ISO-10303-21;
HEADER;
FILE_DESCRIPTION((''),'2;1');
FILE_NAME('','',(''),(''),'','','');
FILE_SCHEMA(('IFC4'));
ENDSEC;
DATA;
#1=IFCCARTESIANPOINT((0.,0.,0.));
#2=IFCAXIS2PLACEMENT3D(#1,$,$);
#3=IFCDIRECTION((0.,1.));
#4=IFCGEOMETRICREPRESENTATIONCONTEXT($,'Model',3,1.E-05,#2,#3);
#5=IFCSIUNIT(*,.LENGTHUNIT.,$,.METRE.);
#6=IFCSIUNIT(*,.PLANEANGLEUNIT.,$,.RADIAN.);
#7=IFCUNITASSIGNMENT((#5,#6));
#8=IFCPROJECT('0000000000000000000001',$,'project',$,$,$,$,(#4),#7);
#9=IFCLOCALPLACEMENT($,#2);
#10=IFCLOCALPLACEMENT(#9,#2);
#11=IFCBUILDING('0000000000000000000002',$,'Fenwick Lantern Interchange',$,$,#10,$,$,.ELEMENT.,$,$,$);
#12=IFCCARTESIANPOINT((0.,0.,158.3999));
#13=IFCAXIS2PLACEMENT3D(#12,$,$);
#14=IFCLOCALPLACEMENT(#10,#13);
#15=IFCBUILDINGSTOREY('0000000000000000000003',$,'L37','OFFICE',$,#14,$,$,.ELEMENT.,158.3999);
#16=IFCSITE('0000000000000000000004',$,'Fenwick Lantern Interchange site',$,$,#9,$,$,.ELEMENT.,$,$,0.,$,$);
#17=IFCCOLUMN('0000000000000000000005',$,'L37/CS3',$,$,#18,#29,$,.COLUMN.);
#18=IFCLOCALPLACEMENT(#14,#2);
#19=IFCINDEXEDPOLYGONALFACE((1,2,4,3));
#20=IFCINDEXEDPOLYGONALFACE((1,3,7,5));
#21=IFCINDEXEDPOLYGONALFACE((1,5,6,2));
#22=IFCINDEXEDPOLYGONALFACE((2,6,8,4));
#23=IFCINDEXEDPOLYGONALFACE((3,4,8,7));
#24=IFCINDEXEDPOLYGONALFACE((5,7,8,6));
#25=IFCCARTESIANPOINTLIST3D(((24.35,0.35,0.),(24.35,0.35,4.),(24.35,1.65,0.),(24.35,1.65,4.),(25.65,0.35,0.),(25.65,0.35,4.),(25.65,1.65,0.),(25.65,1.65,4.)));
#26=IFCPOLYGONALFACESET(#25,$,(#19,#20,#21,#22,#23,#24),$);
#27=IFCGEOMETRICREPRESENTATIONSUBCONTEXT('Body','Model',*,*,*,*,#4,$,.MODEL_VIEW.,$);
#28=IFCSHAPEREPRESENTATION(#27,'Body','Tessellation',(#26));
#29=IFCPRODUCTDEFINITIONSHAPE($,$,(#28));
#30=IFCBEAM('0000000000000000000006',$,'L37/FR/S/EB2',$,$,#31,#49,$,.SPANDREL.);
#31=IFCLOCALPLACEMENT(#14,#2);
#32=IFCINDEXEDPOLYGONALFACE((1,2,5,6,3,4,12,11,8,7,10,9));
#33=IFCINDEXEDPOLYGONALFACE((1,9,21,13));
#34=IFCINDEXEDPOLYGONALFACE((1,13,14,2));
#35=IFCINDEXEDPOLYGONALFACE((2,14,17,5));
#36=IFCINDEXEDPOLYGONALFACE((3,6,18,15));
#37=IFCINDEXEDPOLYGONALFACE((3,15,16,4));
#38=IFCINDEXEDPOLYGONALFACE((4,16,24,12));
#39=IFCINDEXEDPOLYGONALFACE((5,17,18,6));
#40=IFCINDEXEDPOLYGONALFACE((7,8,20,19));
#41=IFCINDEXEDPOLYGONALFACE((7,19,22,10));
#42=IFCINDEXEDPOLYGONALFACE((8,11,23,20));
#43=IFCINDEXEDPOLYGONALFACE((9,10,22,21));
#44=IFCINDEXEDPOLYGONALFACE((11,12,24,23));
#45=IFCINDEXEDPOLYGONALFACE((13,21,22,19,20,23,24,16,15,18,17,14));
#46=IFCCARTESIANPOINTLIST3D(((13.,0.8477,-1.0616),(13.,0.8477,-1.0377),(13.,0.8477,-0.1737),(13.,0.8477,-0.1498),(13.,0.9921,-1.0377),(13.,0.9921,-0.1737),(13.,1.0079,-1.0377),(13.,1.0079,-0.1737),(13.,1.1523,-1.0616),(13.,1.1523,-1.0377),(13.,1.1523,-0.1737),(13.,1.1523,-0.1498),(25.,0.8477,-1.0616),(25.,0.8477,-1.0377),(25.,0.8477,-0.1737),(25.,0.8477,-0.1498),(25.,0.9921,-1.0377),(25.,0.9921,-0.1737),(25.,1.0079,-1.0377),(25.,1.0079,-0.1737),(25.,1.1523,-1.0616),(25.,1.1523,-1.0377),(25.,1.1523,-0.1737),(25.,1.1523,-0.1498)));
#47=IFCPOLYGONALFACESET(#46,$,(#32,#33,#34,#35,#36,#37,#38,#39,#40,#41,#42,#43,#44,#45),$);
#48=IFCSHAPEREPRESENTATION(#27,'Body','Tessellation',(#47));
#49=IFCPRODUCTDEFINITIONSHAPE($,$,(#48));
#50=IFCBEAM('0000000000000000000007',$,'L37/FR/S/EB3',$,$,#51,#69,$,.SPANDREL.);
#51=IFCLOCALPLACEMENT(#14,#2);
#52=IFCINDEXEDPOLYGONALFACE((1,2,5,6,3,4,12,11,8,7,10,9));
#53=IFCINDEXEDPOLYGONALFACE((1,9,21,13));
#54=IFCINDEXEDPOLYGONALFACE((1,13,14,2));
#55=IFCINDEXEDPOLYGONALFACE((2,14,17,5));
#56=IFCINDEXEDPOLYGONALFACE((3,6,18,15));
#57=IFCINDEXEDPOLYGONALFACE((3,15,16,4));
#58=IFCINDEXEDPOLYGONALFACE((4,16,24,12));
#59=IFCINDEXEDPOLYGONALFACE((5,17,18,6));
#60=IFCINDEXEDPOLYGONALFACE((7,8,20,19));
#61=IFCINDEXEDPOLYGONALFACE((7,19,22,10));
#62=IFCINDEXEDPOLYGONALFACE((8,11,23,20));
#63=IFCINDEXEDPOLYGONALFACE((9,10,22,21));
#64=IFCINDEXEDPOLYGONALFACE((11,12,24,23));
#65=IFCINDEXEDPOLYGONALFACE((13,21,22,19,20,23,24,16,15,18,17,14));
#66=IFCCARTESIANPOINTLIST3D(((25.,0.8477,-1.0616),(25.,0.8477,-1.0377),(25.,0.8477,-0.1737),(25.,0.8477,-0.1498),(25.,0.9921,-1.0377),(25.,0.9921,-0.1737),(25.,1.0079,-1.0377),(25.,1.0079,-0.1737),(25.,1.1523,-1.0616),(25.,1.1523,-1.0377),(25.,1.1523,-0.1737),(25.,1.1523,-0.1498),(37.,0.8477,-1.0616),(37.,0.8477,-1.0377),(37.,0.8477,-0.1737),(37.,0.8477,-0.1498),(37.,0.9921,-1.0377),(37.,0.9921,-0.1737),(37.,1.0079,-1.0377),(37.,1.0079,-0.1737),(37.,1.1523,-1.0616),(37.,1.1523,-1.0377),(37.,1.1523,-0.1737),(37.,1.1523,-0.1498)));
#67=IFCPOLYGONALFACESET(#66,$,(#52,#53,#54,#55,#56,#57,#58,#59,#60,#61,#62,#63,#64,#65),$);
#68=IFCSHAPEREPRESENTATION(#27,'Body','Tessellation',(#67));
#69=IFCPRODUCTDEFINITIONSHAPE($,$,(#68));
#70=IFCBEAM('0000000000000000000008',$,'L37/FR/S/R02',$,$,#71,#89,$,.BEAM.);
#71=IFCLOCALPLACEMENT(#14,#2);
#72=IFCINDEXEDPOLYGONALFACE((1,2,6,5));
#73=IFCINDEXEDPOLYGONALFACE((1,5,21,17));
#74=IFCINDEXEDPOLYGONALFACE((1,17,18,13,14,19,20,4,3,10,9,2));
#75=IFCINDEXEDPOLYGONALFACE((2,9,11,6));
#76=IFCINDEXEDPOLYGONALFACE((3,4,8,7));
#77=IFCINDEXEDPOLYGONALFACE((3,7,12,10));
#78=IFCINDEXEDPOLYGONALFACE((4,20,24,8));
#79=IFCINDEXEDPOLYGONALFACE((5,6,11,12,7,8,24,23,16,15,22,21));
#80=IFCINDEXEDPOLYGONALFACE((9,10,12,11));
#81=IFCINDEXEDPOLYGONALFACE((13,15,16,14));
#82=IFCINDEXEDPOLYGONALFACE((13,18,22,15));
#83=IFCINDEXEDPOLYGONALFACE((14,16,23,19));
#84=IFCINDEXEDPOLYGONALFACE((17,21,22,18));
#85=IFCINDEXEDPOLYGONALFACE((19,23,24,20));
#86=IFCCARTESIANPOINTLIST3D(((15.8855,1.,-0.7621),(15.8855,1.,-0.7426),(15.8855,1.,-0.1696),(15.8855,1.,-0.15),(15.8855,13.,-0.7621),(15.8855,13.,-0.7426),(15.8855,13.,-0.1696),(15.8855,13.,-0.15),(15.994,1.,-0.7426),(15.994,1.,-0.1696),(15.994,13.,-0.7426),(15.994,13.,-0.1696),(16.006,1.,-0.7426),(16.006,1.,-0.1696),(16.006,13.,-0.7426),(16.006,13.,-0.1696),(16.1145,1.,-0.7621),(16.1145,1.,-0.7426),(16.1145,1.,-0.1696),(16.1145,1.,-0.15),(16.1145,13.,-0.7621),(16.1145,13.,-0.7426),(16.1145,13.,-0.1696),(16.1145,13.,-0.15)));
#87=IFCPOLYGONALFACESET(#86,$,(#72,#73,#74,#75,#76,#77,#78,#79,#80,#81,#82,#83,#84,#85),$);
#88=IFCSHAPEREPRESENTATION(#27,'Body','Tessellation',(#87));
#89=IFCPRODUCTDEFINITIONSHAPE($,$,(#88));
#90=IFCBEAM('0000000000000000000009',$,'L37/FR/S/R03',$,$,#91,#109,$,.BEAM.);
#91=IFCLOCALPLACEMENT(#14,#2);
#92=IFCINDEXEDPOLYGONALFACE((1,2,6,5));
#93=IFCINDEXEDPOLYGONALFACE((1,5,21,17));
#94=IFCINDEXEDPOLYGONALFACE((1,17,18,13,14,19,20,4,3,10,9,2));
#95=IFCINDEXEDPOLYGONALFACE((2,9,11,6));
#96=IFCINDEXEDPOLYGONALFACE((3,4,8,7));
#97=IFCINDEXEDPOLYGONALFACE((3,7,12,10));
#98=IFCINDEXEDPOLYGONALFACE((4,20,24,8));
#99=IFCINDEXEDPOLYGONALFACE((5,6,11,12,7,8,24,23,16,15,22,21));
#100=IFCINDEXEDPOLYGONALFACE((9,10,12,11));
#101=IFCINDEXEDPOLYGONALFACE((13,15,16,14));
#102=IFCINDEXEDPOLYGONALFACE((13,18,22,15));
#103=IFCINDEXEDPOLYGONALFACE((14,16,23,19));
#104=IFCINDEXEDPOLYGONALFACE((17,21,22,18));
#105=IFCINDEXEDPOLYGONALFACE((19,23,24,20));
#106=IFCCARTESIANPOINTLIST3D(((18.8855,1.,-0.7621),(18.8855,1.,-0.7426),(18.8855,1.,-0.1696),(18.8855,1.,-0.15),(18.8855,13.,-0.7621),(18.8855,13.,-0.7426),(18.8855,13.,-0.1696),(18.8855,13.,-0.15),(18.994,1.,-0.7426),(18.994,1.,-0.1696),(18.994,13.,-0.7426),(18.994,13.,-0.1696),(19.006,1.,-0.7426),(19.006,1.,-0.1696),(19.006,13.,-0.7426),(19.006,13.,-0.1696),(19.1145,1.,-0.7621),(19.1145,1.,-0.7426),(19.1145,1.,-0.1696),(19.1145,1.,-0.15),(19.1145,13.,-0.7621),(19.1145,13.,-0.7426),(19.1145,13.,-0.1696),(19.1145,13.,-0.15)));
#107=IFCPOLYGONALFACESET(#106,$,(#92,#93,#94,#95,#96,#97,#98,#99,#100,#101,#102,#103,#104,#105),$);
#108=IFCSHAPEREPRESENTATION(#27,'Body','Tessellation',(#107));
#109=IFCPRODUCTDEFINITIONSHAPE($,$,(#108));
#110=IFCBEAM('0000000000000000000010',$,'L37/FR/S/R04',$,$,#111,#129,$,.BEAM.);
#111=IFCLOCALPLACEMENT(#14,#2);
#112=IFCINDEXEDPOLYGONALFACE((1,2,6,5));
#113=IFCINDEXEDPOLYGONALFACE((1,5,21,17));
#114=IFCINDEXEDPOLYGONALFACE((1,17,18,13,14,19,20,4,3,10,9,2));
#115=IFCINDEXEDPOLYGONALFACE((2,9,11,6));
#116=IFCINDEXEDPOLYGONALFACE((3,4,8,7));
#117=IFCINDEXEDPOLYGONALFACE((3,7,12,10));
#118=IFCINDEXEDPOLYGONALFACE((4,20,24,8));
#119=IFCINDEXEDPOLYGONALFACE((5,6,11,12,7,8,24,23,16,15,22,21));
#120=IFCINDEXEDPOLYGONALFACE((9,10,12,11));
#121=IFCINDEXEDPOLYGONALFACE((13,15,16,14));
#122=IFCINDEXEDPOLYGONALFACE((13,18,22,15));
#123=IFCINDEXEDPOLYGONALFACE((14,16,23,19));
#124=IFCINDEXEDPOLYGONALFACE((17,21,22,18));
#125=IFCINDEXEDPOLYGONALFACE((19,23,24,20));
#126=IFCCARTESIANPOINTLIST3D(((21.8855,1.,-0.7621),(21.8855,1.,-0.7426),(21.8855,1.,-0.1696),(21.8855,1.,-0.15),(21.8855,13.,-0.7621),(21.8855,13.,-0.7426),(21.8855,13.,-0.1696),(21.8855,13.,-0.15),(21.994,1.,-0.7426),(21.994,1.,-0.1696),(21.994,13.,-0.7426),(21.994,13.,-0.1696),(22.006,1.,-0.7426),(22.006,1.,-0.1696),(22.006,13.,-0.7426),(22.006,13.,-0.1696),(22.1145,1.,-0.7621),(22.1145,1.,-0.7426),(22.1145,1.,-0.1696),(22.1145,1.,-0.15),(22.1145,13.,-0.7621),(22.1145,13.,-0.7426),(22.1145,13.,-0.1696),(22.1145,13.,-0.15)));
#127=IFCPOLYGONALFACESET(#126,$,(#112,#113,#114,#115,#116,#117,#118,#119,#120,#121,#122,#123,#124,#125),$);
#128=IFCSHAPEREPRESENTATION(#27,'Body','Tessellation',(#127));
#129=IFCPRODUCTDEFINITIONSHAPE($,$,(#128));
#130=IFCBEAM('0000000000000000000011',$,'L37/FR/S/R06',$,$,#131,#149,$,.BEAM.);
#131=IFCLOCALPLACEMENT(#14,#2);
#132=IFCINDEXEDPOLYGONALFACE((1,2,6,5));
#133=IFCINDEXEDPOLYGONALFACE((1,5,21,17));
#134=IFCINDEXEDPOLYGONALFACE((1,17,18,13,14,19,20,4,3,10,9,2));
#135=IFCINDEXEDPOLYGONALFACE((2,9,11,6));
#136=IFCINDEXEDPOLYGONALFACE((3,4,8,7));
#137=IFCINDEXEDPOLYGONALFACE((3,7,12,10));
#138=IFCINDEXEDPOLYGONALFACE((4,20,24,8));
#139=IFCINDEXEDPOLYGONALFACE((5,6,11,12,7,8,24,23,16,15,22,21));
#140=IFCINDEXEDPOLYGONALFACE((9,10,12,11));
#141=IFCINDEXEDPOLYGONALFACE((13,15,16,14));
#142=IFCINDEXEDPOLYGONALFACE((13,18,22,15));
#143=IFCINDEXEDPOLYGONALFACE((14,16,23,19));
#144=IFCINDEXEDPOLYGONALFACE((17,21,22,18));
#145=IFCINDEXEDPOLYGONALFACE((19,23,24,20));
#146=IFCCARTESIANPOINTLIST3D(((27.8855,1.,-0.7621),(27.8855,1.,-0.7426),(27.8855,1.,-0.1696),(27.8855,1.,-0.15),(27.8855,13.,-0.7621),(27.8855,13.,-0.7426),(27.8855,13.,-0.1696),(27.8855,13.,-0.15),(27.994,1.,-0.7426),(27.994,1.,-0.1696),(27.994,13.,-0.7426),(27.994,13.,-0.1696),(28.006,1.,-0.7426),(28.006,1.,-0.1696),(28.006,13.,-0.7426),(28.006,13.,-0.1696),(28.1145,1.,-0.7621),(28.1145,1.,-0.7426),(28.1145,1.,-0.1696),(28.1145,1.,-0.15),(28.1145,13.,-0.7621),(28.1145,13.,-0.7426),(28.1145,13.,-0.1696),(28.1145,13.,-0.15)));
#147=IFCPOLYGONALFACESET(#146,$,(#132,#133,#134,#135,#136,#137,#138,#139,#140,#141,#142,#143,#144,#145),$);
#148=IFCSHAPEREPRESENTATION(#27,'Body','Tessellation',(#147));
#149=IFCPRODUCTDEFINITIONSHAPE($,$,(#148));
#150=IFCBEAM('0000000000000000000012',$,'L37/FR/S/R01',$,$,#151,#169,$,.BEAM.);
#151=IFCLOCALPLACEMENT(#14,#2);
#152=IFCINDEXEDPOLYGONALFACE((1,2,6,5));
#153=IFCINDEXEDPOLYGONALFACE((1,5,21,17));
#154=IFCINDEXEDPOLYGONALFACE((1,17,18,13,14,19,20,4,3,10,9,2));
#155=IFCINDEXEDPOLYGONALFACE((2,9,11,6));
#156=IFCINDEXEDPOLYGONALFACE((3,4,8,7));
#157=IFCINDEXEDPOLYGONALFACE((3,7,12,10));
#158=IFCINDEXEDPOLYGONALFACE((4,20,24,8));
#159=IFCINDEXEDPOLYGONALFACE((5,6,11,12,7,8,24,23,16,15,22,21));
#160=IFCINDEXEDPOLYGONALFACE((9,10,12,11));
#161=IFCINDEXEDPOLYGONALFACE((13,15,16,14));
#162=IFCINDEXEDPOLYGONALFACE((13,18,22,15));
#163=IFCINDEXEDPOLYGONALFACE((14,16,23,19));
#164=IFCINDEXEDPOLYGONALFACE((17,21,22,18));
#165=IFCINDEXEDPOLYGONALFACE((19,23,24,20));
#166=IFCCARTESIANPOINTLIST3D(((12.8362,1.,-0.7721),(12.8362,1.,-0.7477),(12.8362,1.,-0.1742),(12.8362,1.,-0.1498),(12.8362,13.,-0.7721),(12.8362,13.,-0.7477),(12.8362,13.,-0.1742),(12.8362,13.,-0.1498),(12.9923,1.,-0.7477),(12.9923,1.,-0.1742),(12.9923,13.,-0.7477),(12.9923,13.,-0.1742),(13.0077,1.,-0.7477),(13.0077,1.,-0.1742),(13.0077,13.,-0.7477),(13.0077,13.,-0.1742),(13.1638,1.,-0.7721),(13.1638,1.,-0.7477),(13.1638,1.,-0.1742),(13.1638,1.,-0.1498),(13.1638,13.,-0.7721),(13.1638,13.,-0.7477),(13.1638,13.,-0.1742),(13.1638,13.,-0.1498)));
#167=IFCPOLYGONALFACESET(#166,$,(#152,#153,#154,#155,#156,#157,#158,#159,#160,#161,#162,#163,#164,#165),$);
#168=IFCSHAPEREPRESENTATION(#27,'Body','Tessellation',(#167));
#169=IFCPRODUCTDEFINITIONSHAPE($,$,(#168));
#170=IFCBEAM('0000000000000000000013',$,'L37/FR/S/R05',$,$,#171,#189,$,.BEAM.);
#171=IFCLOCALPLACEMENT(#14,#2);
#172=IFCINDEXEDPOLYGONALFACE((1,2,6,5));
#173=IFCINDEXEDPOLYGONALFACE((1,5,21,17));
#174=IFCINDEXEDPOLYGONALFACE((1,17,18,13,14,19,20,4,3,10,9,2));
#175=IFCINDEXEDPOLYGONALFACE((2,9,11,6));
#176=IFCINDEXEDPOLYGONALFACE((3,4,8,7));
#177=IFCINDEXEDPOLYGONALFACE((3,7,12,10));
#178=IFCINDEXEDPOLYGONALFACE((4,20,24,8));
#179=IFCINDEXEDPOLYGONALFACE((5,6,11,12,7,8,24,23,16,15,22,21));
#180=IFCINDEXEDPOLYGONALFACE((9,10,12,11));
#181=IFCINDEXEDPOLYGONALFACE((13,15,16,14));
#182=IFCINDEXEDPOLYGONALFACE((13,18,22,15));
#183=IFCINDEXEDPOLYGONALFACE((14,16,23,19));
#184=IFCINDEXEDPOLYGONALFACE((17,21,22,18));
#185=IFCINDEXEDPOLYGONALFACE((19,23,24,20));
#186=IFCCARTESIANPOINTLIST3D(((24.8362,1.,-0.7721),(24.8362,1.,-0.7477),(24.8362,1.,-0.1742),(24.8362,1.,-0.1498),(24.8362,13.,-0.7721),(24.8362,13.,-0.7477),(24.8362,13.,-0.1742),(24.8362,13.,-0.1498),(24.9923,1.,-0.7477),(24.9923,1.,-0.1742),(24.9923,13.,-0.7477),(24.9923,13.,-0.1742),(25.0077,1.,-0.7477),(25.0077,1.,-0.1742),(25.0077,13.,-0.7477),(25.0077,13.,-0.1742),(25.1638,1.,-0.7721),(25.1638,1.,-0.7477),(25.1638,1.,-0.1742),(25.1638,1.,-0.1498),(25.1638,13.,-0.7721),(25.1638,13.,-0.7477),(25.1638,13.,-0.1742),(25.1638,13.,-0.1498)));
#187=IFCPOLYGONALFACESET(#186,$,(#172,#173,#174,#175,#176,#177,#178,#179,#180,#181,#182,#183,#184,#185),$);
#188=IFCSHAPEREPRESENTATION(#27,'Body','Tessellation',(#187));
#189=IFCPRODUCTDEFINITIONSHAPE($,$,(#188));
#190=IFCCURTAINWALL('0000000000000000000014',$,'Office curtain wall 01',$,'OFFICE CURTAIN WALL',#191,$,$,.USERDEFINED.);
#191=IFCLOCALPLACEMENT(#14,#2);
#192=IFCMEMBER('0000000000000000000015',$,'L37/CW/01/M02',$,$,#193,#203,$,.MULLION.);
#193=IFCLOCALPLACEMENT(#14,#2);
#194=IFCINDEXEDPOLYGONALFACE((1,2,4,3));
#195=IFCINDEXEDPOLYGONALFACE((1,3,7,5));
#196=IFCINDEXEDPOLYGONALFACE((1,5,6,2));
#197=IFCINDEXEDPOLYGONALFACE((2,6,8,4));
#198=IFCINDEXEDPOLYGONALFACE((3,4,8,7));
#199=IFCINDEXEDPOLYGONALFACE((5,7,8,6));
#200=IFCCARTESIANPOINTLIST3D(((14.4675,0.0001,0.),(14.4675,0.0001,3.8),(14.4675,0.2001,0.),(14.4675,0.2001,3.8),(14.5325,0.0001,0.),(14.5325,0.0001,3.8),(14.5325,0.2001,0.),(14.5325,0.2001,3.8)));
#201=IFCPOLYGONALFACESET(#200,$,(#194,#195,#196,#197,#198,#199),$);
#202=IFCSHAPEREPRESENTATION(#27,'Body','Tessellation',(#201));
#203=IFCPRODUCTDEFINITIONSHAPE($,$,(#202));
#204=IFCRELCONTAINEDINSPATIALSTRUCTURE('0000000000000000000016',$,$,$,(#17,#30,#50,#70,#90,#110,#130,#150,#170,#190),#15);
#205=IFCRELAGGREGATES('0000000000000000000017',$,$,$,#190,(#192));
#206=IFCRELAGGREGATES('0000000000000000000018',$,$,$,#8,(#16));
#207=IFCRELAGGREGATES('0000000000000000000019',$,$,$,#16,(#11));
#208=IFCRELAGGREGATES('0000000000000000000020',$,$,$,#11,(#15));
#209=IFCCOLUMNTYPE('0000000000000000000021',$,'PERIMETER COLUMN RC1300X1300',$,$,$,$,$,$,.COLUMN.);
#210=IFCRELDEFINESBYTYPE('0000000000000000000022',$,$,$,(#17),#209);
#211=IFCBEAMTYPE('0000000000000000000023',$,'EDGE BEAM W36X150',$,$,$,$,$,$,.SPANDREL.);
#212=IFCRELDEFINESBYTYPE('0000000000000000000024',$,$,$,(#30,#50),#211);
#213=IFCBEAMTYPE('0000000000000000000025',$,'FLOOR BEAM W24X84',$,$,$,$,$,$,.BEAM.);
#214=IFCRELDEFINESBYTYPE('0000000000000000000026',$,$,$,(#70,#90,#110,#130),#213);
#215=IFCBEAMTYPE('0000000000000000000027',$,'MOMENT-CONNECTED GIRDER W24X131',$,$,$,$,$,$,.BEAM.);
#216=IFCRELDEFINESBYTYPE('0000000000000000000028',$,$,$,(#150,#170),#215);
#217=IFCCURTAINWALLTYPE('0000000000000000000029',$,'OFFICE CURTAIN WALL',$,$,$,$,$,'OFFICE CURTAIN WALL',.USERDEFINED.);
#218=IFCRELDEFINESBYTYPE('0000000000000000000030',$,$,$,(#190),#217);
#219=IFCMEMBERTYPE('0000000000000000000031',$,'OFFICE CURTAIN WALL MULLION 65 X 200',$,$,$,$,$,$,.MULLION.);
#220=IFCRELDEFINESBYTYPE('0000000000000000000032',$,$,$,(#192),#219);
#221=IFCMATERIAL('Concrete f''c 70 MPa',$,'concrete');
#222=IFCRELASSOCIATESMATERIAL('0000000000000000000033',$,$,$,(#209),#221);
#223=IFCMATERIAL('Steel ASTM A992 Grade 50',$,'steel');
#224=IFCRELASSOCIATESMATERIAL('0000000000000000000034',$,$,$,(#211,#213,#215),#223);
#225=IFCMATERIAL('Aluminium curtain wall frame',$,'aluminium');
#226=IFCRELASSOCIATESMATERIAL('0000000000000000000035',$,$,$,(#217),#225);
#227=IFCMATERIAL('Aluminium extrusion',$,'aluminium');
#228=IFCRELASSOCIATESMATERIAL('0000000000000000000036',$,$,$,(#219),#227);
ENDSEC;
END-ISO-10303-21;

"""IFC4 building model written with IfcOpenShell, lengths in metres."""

from ifc_helpers import new_model, si_unit, direction, frame, origin, origin_2d, place, context, subcontext, project, spatial, rectangle, i_section, extrude, material, material_profile, profile_set, type_object, element, aggregate, save


model = new_model("IFC4")

# Units and contexts
model_context = context("Model", 3, precision=1e-05, world=origin(), true_north=direction((0.0, 1.0)))
body_context = subcontext(model_context, "Body", "Model", "MODEL_VIEW")
ifc_project = project(units=[si_unit("LENGTHUNIT", "METRE"), si_unit("PLANEANGLEUNIT", "RADIAN")], contexts=[model_context])

# Site, building, storey
site_placement = place(None, origin())
site = spatial("IfcSite", under=ifc_project, at=site_placement, Name="Fenwick Lantern Interchange site", CompositionType="ELEMENT", RefElevation=0.0)
building_placement = place(site_placement, origin())
building = spatial("IfcBuilding", under=site, at=building_placement, Name="Fenwick Lantern Interchange", CompositionType="ELEMENT")
storey_placement = place(building_placement, frame((0.0, 0.0, 158.3999)))
storey = spatial("IfcBuildingStorey", under=building, at=storey_placement, Name="L37", Description="OFFICE", CompositionType="ELEMENT", Elevation=158.3999)

# Column
ifc_material_1 = material(Name="Concrete f'c 70 MPa", Category="concrete")
ifc_material_profile_1 = material_profile(ifc_material_1, rectangle(XDim=1.3, YDim=1.3, at=origin_2d()), Name="RC1300X1300")
ifc_profile_set_1 = profile_set([ifc_material_profile_1], Name="Concrete f'c 70 MPa")
column_type = type_object("IfcColumnType", Name="PERIMETER COLUMN RC1300X1300", PredefinedType="COLUMN", material=ifc_profile_set_1)
column_placement = place(storey_placement, frame((25.0, 1.0, 0.0), z_axis=(0.0, 0.0, 1.0), x_axis=(1.0, 0.0, 0.0)))
element("IfcColumn", 1, at=column_placement, inside=storey, type_object=column_type, Name="L37/CS3", PredefinedType="COLUMN", context=body_context, shape_type="SweptSolid", body=[
    extrude(rectangle(XDim=1.3, YDim=1.3, at=origin_2d()), origin(), (0.0, 0.0, 1.0), 4.0),
])

# Beams
ifc_material_2 = material(Name="Steel ASTM A992 Grade 50", Category="steel")
ifc_material_profile_2 = material_profile(ifc_material_2, i_section(OverallWidth=0.3047, OverallDepth=0.9119, WebThickness=0.0159, FlangeThickness=0.0239, at=origin_2d()), Name="W36X150")
ifc_profile_set_2 = profile_set([ifc_material_profile_2], Name="Steel ASTM A992 Grade 50")
beam_type_1 = type_object("IfcBeamType", Name="EDGE BEAM W36X150", PredefinedType="SPANDREL", material=ifc_profile_set_2)
for number, where, z_axis, x_axis, name in (
    (2, (13.0, 1.0, -0.6057), (1.0, 0.0, 0.0), (0.0, 1.0, 0.0), "L37/FR/S/EB2"),
    (3, (25.0, 1.0, -0.6057), (1.0, 0.0, 0.0), (0.0, 1.0, 0.0), "L37/FR/S/EB3"),
):
    element("IfcBeam", number, at=place(storey_placement, frame(where, z_axis=z_axis, x_axis=x_axis)), inside=storey, type_object=beam_type_1, Name=name, PredefinedType="SPANDREL", context=body_context, shape_type="SweptSolid", body=[
        extrude(i_section(OverallWidth=0.3047, OverallDepth=0.9119, WebThickness=0.0159, FlangeThickness=0.0239, at=origin_2d()), origin(), (0.0, 0.0, 1.0), 12.0),
    ])
ifc_material_profile_3 = material_profile(ifc_material_2, i_section(OverallWidth=0.229, OverallDepth=0.6121, WebThickness=0.012, FlangeThickness=0.0195, at=origin_2d()), Name="W24X84")
ifc_profile_set_3 = profile_set([ifc_material_profile_3], Name="Steel ASTM A992 Grade 50")
beam_type_2 = type_object("IfcBeamType", Name="FLOOR BEAM W24X84", PredefinedType="BEAM", material=ifc_profile_set_3)
for number, where, z_axis, x_axis, name in (
    (4, (16.0, 1.0, -0.4561), (0.0, 1.0, 0.0), (-1.0, 0.0, 0.0), "L37/FR/S/R02"),
    (5, (19.0, 1.0, -0.4561), (0.0, 1.0, 0.0), (-1.0, 0.0, 0.0), "L37/FR/S/R03"),
    (6, (22.0, 1.0, -0.4561), (0.0, 1.0, 0.0), (-1.0, 0.0, 0.0), "L37/FR/S/R04"),
    (7, (28.0, 1.0, -0.4561), (0.0, 1.0, 0.0), (-1.0, 0.0, 0.0), "L37/FR/S/R06"),
):
    element("IfcBeam", number, at=place(storey_placement, frame(where, z_axis=z_axis, x_axis=x_axis)), inside=storey, type_object=beam_type_2, Name=name, PredefinedType="BEAM", context=body_context, shape_type="SweptSolid", body=[
        extrude(i_section(OverallWidth=0.229, OverallDepth=0.6121, WebThickness=0.012, FlangeThickness=0.0195, at=origin_2d()), origin(), (0.0, 0.0, 1.0), 12.0),
    ])
ifc_material_profile_4 = material_profile(ifc_material_2, i_section(OverallWidth=0.3276, OverallDepth=0.6223, WebThickness=0.0154, FlangeThickness=0.0244, at=origin_2d()), Name="W24X131")
ifc_profile_set_4 = profile_set([ifc_material_profile_4], Name="Steel ASTM A992 Grade 50")
beam_type_3 = type_object("IfcBeamType", Name="MOMENT-CONNECTED GIRDER W24X131", PredefinedType="BEAM", material=ifc_profile_set_4)
for number, where, z_axis, x_axis, name in (
    (8, (13.0, 1.0, -0.4609), (0.0, 1.0, 0.0), (-1.0, 0.0, 0.0), "L37/FR/S/R01"),
    (9, (25.0, 1.0, -0.4609), (0.0, 1.0, 0.0), (-1.0, 0.0, 0.0), "L37/FR/S/R05"),
):
    element("IfcBeam", number, at=place(storey_placement, frame(where, z_axis=z_axis, x_axis=x_axis)), inside=storey, type_object=beam_type_3, Name=name, PredefinedType="BEAM", context=body_context, shape_type="SweptSolid", body=[
        extrude(i_section(OverallWidth=0.3276, OverallDepth=0.6223, WebThickness=0.0154, FlangeThickness=0.0244, at=origin_2d()), origin(), (0.0, 0.0, 1.0), 12.0),
    ])

# Curtain wall, member
ifc_material_3 = material(Name="Aluminium curtain wall frame", Category="aluminium")
curtain_wall_type = type_object("IfcCurtainWallType", Name="OFFICE CURTAIN WALL", ElementType="OFFICE CURTAIN WALL", PredefinedType="USERDEFINED", material=ifc_material_3)
curtain_wall_placement = place(storey_placement, origin())
curtain_wall = element("IfcCurtainWall", 10, at=curtain_wall_placement, inside=storey, type_object=curtain_wall_type, Name="Office curtain wall 01", ObjectType="OFFICE CURTAIN WALL", PredefinedType="USERDEFINED")
ifc_material_4 = material(Name="Aluminium extrusion", Category="aluminium")
ifc_material_profile_5 = material_profile(ifc_material_4, rectangle(XDim=0.2, YDim=0.0649, at=origin_2d()), Name="OFFICE CURTAIN WALL MULLION 65 X 200")
ifc_profile_set_5 = profile_set([ifc_material_profile_5], Name="Aluminium extrusion")
member_type_1 = type_object("IfcMemberType", Name="OFFICE CURTAIN WALL MULLION 65 X 200", PredefinedType="MULLION", material=ifc_profile_set_5)
member_1_placement = place(storey_placement, frame((14.5, 0.1001, 0.0), z_axis=(0.0, 0.0, 1.0), x_axis=(0.0, 1.0, 0.0)))
member_1 = element("IfcMember", 11, at=member_1_placement, type_object=member_type_1, Name="L37/CW/01/M02", PredefinedType="MULLION", context=body_context, shape_type="SweptSolid", body=[
    extrude(rectangle(XDim=0.2, YDim=0.0649, at=origin_2d()), origin(), (0.0, 0.0, 1.0), 3.8),
])
aggregate(curtain_wall, [member_1])

save(model, "model.ifc")
